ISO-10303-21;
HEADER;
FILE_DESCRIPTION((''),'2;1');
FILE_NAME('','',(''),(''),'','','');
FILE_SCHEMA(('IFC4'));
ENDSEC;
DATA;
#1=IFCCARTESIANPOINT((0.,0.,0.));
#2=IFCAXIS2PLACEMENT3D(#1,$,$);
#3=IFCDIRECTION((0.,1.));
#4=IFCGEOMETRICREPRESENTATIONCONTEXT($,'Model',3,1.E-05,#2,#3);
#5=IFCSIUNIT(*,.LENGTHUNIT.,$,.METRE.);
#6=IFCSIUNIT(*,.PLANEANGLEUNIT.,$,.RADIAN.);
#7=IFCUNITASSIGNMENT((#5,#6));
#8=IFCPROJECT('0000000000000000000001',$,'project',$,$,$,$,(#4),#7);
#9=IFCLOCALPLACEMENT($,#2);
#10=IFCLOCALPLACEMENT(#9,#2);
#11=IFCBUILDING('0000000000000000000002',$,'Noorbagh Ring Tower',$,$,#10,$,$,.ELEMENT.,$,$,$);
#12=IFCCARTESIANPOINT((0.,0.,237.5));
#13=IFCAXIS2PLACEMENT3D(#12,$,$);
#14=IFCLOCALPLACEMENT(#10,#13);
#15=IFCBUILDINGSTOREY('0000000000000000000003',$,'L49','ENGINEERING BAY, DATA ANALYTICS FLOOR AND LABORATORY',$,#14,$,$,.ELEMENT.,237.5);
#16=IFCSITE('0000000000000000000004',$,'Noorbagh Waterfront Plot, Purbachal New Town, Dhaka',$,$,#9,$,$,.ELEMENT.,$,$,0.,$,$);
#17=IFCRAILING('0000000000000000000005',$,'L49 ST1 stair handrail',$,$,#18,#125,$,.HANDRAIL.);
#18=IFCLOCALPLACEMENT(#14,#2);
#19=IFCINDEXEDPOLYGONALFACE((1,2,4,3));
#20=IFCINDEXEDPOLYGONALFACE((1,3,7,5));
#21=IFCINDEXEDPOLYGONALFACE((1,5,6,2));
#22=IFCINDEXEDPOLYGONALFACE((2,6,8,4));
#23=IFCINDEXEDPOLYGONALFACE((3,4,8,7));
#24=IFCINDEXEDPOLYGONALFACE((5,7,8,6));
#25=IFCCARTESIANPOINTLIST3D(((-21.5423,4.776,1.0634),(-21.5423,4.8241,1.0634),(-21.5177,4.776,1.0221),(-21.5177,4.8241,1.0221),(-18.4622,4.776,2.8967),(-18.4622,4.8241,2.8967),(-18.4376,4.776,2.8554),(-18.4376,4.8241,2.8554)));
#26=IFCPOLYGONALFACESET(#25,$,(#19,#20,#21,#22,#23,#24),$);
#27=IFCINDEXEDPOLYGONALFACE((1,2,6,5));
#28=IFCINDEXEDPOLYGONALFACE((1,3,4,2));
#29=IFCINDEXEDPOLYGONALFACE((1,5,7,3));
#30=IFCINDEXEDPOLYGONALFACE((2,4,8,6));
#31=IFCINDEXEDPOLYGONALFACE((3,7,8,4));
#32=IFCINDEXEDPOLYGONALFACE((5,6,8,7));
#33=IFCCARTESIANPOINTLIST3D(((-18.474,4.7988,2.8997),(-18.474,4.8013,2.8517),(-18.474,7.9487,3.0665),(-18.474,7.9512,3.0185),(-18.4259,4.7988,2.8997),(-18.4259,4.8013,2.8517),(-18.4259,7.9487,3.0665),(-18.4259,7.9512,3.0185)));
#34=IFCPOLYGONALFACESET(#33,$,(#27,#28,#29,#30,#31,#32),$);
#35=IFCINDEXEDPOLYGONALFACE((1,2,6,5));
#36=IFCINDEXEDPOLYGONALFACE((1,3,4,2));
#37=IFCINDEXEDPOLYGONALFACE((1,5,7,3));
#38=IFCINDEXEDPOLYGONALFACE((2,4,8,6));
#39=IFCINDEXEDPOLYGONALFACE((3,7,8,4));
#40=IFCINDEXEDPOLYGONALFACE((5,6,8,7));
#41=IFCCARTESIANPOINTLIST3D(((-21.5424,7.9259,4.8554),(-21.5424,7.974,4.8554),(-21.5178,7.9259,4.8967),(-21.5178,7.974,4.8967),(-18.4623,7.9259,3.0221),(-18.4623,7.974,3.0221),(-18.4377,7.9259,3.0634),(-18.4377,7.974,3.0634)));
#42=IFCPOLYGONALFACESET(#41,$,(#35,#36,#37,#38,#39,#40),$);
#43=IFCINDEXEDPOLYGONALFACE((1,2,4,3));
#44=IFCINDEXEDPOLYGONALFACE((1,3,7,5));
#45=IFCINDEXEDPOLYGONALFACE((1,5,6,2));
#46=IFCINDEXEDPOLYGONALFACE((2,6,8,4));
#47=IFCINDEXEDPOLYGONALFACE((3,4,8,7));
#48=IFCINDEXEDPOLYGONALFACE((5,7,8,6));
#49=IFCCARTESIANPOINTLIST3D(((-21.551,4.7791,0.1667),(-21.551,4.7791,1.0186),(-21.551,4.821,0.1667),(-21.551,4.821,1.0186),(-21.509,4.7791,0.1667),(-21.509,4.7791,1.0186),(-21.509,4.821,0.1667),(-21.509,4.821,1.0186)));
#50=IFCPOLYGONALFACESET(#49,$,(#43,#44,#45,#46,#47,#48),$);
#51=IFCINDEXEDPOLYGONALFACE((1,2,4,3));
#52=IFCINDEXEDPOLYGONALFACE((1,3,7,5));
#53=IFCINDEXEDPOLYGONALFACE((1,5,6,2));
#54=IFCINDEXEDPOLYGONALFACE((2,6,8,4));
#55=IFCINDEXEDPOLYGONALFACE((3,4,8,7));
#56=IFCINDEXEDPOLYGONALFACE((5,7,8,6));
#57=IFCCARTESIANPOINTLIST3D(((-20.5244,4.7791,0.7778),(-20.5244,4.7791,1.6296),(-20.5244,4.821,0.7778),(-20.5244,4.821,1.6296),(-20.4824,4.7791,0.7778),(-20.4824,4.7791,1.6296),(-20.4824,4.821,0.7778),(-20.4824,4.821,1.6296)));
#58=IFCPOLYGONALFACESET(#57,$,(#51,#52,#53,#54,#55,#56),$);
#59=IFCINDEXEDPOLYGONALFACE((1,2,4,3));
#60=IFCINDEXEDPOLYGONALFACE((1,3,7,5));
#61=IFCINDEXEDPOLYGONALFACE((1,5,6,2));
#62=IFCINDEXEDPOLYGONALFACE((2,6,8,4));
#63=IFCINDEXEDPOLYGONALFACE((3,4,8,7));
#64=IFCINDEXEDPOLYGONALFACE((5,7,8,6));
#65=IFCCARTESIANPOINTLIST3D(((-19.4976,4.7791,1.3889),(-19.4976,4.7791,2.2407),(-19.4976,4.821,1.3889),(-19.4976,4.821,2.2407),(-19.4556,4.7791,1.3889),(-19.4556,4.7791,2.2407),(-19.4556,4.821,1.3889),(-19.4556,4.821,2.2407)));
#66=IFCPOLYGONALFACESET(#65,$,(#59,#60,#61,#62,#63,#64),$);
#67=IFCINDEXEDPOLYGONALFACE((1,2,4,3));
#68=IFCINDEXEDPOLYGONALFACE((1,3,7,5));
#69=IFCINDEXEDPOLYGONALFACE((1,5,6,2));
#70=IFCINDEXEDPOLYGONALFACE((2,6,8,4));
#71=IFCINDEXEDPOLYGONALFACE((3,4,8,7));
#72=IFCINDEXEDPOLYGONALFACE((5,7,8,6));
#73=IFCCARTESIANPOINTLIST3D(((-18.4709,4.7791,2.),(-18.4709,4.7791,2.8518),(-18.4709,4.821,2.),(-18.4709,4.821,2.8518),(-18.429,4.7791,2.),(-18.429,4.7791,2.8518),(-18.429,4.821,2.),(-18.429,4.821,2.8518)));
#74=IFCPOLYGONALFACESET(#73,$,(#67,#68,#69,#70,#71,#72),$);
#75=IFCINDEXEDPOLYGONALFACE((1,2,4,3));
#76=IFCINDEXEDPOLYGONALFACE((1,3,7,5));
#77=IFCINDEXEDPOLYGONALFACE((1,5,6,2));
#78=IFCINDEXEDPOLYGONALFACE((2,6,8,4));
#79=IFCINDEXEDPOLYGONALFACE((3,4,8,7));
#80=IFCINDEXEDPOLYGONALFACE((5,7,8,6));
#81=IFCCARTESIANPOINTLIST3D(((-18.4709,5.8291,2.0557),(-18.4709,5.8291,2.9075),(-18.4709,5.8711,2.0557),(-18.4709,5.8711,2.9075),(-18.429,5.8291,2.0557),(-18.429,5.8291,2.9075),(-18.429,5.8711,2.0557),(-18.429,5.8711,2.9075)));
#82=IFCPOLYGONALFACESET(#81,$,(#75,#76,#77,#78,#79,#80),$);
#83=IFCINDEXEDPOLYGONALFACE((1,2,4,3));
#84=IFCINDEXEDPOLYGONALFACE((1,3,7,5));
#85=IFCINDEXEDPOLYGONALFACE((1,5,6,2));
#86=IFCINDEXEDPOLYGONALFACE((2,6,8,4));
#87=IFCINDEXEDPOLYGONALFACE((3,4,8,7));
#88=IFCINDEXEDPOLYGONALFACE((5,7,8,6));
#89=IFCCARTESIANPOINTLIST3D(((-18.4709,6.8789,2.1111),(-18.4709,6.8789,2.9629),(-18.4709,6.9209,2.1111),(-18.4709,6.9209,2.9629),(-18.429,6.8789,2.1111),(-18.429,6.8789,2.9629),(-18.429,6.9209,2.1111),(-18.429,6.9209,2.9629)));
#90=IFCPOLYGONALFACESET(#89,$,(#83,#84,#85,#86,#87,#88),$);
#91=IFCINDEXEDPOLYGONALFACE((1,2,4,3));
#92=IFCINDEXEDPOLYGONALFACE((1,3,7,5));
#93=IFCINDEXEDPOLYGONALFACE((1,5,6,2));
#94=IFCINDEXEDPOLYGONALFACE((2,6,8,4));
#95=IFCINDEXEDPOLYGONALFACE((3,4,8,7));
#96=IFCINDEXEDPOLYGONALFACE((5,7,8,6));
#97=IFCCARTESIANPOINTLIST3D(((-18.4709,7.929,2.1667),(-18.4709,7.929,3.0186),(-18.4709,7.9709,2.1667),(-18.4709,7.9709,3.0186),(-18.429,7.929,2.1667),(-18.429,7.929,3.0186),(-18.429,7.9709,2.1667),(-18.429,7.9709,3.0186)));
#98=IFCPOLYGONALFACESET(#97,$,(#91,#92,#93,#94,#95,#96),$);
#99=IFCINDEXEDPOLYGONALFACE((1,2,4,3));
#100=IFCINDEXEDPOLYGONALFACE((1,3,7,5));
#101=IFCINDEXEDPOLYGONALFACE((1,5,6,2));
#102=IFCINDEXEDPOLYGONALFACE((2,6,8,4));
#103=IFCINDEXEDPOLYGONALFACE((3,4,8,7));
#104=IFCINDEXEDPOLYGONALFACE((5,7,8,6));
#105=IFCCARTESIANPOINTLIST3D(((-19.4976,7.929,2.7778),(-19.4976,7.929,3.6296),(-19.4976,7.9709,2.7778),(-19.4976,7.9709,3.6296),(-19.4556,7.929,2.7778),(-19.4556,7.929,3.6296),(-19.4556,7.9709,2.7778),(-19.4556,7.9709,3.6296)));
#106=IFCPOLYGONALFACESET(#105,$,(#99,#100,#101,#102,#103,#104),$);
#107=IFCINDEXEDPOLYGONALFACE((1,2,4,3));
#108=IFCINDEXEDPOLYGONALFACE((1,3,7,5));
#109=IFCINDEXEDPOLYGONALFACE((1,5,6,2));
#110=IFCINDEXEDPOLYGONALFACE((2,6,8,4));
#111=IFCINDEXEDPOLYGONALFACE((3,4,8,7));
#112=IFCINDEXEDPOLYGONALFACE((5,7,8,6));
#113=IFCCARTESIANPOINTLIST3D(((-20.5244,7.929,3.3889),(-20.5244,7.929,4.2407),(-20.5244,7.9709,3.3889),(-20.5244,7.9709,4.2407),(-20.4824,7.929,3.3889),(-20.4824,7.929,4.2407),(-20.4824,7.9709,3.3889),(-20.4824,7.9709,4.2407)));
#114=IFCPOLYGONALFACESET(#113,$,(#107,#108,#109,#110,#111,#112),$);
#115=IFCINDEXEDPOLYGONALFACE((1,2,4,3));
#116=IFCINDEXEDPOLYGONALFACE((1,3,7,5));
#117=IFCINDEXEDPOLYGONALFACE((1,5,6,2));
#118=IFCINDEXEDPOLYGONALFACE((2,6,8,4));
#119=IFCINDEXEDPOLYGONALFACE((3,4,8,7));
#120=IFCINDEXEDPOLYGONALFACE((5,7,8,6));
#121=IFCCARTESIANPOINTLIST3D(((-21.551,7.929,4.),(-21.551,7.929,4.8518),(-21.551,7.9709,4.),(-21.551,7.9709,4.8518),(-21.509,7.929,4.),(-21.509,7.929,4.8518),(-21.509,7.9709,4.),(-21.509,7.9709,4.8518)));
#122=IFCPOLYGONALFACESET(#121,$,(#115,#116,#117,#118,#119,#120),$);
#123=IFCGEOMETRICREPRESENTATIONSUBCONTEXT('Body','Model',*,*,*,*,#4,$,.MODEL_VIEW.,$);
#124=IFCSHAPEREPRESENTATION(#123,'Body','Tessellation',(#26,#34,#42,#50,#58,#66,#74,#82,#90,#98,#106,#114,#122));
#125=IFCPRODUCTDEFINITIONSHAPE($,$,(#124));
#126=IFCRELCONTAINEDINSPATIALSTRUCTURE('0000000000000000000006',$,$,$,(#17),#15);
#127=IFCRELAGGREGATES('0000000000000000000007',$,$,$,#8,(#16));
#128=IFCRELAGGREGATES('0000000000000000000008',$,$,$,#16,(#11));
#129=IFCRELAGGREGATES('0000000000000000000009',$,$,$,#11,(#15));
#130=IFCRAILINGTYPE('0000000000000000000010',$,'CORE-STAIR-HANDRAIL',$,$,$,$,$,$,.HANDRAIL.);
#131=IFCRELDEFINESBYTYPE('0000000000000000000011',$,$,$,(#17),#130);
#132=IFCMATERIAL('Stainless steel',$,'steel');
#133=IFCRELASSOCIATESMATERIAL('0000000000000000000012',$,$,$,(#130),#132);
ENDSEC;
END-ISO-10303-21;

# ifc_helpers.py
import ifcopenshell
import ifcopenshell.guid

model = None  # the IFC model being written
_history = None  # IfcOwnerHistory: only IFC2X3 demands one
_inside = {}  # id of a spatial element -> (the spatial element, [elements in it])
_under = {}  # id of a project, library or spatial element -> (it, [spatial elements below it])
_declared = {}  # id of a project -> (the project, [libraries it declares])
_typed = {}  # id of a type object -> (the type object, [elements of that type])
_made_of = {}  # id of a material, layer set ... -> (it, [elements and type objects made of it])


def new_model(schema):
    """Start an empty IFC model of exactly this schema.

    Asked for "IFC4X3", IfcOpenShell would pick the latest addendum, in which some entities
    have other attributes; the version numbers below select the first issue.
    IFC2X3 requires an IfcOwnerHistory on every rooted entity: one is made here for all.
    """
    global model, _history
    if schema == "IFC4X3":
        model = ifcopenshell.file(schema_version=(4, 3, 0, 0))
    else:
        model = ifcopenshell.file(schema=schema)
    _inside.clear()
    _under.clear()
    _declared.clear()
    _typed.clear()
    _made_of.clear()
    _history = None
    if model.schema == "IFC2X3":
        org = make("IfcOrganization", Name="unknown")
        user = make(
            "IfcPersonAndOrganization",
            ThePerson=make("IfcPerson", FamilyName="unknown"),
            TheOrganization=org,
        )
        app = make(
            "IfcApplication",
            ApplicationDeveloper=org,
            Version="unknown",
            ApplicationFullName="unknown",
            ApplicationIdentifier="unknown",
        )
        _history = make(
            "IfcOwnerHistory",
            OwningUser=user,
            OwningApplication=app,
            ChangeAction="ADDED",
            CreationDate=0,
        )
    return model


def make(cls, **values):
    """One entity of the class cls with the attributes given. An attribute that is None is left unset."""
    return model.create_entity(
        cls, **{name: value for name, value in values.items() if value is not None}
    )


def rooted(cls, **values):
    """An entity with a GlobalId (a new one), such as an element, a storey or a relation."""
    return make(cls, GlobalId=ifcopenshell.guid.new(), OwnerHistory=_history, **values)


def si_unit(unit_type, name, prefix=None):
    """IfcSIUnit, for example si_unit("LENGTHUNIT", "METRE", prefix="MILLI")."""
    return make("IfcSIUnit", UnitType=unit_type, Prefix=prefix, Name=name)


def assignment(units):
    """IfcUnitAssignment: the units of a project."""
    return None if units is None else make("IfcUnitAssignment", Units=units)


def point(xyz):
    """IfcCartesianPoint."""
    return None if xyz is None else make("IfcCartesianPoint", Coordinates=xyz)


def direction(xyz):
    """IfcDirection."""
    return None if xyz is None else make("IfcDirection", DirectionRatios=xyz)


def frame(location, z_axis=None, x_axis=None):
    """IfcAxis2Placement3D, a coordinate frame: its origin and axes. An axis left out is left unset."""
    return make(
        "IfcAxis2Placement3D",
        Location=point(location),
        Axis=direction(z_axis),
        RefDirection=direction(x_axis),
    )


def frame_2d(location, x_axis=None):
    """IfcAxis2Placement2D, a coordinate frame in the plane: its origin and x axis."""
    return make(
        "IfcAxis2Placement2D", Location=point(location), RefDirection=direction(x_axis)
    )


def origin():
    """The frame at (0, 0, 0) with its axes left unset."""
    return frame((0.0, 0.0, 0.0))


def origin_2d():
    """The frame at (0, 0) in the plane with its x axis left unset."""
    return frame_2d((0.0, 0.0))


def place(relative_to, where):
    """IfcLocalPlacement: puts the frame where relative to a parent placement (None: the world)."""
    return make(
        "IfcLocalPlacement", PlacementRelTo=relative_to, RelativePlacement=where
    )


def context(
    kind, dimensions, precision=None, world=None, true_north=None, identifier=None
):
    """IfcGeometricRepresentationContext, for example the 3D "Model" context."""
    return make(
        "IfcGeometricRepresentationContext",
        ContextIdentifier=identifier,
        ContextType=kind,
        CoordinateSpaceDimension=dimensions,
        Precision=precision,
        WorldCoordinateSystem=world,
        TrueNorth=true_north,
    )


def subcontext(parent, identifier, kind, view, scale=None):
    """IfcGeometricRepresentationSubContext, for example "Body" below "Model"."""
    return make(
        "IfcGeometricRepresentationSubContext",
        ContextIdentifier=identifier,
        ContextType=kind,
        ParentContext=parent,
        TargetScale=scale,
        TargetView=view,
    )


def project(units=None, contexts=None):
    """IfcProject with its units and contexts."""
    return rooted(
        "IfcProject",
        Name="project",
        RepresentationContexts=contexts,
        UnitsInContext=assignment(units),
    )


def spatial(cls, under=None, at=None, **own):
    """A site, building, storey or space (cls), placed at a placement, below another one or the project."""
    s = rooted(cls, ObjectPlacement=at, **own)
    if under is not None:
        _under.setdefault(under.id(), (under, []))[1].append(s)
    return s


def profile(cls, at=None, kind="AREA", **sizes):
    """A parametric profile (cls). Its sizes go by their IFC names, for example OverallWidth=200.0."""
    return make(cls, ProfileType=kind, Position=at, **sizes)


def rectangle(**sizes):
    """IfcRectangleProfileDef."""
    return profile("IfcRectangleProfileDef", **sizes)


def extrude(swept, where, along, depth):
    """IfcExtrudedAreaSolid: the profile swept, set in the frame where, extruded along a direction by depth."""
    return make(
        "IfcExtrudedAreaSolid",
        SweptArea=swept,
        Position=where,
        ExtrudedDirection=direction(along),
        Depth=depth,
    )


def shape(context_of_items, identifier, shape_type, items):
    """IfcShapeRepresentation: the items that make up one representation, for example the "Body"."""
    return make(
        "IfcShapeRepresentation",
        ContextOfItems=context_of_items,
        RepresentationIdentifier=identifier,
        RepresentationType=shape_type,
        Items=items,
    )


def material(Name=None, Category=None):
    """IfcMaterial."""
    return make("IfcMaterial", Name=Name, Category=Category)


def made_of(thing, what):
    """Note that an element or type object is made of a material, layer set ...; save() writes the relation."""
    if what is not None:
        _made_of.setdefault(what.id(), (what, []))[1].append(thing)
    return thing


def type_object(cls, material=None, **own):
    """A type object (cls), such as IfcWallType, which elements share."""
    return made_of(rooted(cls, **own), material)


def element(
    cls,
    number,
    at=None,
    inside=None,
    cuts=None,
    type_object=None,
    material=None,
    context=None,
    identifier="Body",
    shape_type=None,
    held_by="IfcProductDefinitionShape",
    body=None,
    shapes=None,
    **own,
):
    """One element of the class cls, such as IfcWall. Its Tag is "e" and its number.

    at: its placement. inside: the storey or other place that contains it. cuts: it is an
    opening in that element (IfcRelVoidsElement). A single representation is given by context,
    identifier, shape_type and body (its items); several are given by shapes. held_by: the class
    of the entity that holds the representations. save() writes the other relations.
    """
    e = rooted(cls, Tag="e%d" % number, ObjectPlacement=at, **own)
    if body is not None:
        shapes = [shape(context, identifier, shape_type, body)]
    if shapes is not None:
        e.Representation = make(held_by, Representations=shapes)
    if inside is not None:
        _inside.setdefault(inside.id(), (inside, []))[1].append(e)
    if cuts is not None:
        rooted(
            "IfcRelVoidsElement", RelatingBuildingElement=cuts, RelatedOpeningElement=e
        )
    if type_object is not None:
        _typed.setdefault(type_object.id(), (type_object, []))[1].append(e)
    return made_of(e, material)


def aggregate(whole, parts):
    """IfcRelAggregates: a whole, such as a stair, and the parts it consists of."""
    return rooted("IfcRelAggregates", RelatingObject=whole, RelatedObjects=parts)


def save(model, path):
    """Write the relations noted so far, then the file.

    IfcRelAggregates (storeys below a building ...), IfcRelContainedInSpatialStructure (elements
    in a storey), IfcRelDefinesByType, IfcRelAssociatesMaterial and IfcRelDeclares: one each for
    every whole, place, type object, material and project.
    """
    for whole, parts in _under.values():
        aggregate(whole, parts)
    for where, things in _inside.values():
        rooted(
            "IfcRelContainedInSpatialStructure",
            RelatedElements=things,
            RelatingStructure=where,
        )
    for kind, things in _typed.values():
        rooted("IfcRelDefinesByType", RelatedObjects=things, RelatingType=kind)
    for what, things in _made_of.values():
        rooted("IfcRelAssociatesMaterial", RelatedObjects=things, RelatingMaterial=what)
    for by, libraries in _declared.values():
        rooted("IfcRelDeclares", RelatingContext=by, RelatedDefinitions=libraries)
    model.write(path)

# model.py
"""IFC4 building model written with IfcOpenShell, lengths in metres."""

from ifc_helpers import new_model, si_unit, direction, frame, origin, origin_2d, place, context, subcontext, project, spatial, rectangle, extrude, material, type_object, element, save


model = new_model("IFC4")

# Units and contexts
model_context = context("Model", 3, precision=1e-05, world=origin(), true_north=direction((0.0, 1.0)))
body_context = subcontext(model_context, "Body", "Model", "MODEL_VIEW")
ifc_project = project(units=[si_unit("LENGTHUNIT", "METRE"), si_unit("PLANEANGLEUNIT", "RADIAN")], contexts=[model_context])

# Site, building, storey
site_placement = place(None, origin())
site = spatial("IfcSite", under=ifc_project, at=site_placement, Name="Noorbagh Waterfront Plot, Purbachal New Town, Dhaka", CompositionType="ELEMENT", RefElevation=0.0)
building_placement = place(site_placement, origin())
building = spatial("IfcBuilding", under=site, at=building_placement, Name="Noorbagh Ring Tower", CompositionType="ELEMENT")
storey_placement = place(building_placement, frame((0.0, 0.0, 237.5)))
storey = spatial("IfcBuildingStorey", under=building, at=storey_placement, Name="L49", Description="ENGINEERING BAY, DATA ANALYTICS FLOOR AND LABORATORY", CompositionType="ELEMENT", Elevation=237.5)

# Railing
ifc_material_1 = material(Name="Stainless steel", Category="steel")
railing_type_1 = type_object("IfcRailingType", Name="CORE-STAIR-HANDRAIL", PredefinedType="HANDRAIL", material=ifc_material_1)
railing_1_placement = place(storey_placement, frame((-21.53, 4.8, 0.1667)))
element("IfcRailing", 1, at=railing_1_placement, inside=storey, type_object=railing_type_1, Name="L49 ST1 stair handrail", PredefinedType="HANDRAIL", context=body_context, shape_type="SweptSolid", body=[
    extrude(rectangle(XDim=0.0481, YDim=0.0481, at=origin_2d()), frame((0.0, 0.0, 0.876), z_axis=(0.859309, 0.0, 0.511458), x_axis=(0.0, 1.0, 0.0)), (0.0, 0.0, 1.0), 3.5845),
    extrude(rectangle(XDim=0.0481, YDim=0.0481, at=origin_2d()), frame((3.0801, 0.0, 2.709), z_axis=(0.0, 0.998602, 0.052864), x_axis=(-1.0, 0.0, 0.0)), (0.0, 0.0, 1.0), 3.1543),
    extrude(rectangle(XDim=0.0481, YDim=0.0481, at=origin_2d()), frame((3.0801, 3.1499, 2.876), z_axis=(-0.859309, 0.0, 0.511458), x_axis=(0.0, -1.0, 0.0)), (0.0, 0.0, 1.0), 3.5845),
    extrude(rectangle(XDim=0.042, YDim=0.042, at=origin_2d()), origin(), (0.0, 0.0, 1.0), 0.8518),
    extrude(rectangle(XDim=0.042, YDim=0.042, at=origin_2d()), frame((1.0266, 0.0, 0.6111)), (0.0, 0.0, 1.0), 0.8518),
    extrude(rectangle(XDim=0.042, YDim=0.042, at=origin_2d()), frame((2.0535, 0.0, 1.2222)), (0.0, 0.0, 1.0), 0.8518),
    extrude(rectangle(XDim=0.042, YDim=0.042, at=origin_2d()), frame((3.0801, 0.0, 1.8333)), (0.0, 0.0, 1.0), 0.8518),
    extrude(rectangle(XDim=0.042, YDim=0.042, at=origin_2d()), frame((3.0801, 1.05, 1.8889)), (0.0, 0.0, 1.0), 0.8518),
    extrude(rectangle(XDim=0.042, YDim=0.042, at=origin_2d()), frame((3.0801, 2.0999, 1.9443)), (0.0, 0.0, 1.0), 0.8518),
    extrude(rectangle(XDim=0.042, YDim=0.042, at=origin_2d()), frame((3.0801, 3.1499, 2.0)), (0.0, 0.0, 1.0), 0.8518),
    extrude(rectangle(XDim=0.042, YDim=0.042, at=origin_2d()), frame((2.0535, 3.1499, 2.6111)), (0.0, 0.0, 1.0), 0.8518),
    extrude(rectangle(XDim=0.042, YDim=0.042, at=origin_2d()), frame((1.0266, 3.1499, 3.2222)), (0.0, 0.0, 1.0), 0.8518),
    extrude(rectangle(XDim=0.042, YDim=0.042, at=origin_2d()), frame((0.0, 3.1499, 3.8333)), (0.0, 0.0, 1.0), 0.8518),
])

save(model, "model.ifc")
